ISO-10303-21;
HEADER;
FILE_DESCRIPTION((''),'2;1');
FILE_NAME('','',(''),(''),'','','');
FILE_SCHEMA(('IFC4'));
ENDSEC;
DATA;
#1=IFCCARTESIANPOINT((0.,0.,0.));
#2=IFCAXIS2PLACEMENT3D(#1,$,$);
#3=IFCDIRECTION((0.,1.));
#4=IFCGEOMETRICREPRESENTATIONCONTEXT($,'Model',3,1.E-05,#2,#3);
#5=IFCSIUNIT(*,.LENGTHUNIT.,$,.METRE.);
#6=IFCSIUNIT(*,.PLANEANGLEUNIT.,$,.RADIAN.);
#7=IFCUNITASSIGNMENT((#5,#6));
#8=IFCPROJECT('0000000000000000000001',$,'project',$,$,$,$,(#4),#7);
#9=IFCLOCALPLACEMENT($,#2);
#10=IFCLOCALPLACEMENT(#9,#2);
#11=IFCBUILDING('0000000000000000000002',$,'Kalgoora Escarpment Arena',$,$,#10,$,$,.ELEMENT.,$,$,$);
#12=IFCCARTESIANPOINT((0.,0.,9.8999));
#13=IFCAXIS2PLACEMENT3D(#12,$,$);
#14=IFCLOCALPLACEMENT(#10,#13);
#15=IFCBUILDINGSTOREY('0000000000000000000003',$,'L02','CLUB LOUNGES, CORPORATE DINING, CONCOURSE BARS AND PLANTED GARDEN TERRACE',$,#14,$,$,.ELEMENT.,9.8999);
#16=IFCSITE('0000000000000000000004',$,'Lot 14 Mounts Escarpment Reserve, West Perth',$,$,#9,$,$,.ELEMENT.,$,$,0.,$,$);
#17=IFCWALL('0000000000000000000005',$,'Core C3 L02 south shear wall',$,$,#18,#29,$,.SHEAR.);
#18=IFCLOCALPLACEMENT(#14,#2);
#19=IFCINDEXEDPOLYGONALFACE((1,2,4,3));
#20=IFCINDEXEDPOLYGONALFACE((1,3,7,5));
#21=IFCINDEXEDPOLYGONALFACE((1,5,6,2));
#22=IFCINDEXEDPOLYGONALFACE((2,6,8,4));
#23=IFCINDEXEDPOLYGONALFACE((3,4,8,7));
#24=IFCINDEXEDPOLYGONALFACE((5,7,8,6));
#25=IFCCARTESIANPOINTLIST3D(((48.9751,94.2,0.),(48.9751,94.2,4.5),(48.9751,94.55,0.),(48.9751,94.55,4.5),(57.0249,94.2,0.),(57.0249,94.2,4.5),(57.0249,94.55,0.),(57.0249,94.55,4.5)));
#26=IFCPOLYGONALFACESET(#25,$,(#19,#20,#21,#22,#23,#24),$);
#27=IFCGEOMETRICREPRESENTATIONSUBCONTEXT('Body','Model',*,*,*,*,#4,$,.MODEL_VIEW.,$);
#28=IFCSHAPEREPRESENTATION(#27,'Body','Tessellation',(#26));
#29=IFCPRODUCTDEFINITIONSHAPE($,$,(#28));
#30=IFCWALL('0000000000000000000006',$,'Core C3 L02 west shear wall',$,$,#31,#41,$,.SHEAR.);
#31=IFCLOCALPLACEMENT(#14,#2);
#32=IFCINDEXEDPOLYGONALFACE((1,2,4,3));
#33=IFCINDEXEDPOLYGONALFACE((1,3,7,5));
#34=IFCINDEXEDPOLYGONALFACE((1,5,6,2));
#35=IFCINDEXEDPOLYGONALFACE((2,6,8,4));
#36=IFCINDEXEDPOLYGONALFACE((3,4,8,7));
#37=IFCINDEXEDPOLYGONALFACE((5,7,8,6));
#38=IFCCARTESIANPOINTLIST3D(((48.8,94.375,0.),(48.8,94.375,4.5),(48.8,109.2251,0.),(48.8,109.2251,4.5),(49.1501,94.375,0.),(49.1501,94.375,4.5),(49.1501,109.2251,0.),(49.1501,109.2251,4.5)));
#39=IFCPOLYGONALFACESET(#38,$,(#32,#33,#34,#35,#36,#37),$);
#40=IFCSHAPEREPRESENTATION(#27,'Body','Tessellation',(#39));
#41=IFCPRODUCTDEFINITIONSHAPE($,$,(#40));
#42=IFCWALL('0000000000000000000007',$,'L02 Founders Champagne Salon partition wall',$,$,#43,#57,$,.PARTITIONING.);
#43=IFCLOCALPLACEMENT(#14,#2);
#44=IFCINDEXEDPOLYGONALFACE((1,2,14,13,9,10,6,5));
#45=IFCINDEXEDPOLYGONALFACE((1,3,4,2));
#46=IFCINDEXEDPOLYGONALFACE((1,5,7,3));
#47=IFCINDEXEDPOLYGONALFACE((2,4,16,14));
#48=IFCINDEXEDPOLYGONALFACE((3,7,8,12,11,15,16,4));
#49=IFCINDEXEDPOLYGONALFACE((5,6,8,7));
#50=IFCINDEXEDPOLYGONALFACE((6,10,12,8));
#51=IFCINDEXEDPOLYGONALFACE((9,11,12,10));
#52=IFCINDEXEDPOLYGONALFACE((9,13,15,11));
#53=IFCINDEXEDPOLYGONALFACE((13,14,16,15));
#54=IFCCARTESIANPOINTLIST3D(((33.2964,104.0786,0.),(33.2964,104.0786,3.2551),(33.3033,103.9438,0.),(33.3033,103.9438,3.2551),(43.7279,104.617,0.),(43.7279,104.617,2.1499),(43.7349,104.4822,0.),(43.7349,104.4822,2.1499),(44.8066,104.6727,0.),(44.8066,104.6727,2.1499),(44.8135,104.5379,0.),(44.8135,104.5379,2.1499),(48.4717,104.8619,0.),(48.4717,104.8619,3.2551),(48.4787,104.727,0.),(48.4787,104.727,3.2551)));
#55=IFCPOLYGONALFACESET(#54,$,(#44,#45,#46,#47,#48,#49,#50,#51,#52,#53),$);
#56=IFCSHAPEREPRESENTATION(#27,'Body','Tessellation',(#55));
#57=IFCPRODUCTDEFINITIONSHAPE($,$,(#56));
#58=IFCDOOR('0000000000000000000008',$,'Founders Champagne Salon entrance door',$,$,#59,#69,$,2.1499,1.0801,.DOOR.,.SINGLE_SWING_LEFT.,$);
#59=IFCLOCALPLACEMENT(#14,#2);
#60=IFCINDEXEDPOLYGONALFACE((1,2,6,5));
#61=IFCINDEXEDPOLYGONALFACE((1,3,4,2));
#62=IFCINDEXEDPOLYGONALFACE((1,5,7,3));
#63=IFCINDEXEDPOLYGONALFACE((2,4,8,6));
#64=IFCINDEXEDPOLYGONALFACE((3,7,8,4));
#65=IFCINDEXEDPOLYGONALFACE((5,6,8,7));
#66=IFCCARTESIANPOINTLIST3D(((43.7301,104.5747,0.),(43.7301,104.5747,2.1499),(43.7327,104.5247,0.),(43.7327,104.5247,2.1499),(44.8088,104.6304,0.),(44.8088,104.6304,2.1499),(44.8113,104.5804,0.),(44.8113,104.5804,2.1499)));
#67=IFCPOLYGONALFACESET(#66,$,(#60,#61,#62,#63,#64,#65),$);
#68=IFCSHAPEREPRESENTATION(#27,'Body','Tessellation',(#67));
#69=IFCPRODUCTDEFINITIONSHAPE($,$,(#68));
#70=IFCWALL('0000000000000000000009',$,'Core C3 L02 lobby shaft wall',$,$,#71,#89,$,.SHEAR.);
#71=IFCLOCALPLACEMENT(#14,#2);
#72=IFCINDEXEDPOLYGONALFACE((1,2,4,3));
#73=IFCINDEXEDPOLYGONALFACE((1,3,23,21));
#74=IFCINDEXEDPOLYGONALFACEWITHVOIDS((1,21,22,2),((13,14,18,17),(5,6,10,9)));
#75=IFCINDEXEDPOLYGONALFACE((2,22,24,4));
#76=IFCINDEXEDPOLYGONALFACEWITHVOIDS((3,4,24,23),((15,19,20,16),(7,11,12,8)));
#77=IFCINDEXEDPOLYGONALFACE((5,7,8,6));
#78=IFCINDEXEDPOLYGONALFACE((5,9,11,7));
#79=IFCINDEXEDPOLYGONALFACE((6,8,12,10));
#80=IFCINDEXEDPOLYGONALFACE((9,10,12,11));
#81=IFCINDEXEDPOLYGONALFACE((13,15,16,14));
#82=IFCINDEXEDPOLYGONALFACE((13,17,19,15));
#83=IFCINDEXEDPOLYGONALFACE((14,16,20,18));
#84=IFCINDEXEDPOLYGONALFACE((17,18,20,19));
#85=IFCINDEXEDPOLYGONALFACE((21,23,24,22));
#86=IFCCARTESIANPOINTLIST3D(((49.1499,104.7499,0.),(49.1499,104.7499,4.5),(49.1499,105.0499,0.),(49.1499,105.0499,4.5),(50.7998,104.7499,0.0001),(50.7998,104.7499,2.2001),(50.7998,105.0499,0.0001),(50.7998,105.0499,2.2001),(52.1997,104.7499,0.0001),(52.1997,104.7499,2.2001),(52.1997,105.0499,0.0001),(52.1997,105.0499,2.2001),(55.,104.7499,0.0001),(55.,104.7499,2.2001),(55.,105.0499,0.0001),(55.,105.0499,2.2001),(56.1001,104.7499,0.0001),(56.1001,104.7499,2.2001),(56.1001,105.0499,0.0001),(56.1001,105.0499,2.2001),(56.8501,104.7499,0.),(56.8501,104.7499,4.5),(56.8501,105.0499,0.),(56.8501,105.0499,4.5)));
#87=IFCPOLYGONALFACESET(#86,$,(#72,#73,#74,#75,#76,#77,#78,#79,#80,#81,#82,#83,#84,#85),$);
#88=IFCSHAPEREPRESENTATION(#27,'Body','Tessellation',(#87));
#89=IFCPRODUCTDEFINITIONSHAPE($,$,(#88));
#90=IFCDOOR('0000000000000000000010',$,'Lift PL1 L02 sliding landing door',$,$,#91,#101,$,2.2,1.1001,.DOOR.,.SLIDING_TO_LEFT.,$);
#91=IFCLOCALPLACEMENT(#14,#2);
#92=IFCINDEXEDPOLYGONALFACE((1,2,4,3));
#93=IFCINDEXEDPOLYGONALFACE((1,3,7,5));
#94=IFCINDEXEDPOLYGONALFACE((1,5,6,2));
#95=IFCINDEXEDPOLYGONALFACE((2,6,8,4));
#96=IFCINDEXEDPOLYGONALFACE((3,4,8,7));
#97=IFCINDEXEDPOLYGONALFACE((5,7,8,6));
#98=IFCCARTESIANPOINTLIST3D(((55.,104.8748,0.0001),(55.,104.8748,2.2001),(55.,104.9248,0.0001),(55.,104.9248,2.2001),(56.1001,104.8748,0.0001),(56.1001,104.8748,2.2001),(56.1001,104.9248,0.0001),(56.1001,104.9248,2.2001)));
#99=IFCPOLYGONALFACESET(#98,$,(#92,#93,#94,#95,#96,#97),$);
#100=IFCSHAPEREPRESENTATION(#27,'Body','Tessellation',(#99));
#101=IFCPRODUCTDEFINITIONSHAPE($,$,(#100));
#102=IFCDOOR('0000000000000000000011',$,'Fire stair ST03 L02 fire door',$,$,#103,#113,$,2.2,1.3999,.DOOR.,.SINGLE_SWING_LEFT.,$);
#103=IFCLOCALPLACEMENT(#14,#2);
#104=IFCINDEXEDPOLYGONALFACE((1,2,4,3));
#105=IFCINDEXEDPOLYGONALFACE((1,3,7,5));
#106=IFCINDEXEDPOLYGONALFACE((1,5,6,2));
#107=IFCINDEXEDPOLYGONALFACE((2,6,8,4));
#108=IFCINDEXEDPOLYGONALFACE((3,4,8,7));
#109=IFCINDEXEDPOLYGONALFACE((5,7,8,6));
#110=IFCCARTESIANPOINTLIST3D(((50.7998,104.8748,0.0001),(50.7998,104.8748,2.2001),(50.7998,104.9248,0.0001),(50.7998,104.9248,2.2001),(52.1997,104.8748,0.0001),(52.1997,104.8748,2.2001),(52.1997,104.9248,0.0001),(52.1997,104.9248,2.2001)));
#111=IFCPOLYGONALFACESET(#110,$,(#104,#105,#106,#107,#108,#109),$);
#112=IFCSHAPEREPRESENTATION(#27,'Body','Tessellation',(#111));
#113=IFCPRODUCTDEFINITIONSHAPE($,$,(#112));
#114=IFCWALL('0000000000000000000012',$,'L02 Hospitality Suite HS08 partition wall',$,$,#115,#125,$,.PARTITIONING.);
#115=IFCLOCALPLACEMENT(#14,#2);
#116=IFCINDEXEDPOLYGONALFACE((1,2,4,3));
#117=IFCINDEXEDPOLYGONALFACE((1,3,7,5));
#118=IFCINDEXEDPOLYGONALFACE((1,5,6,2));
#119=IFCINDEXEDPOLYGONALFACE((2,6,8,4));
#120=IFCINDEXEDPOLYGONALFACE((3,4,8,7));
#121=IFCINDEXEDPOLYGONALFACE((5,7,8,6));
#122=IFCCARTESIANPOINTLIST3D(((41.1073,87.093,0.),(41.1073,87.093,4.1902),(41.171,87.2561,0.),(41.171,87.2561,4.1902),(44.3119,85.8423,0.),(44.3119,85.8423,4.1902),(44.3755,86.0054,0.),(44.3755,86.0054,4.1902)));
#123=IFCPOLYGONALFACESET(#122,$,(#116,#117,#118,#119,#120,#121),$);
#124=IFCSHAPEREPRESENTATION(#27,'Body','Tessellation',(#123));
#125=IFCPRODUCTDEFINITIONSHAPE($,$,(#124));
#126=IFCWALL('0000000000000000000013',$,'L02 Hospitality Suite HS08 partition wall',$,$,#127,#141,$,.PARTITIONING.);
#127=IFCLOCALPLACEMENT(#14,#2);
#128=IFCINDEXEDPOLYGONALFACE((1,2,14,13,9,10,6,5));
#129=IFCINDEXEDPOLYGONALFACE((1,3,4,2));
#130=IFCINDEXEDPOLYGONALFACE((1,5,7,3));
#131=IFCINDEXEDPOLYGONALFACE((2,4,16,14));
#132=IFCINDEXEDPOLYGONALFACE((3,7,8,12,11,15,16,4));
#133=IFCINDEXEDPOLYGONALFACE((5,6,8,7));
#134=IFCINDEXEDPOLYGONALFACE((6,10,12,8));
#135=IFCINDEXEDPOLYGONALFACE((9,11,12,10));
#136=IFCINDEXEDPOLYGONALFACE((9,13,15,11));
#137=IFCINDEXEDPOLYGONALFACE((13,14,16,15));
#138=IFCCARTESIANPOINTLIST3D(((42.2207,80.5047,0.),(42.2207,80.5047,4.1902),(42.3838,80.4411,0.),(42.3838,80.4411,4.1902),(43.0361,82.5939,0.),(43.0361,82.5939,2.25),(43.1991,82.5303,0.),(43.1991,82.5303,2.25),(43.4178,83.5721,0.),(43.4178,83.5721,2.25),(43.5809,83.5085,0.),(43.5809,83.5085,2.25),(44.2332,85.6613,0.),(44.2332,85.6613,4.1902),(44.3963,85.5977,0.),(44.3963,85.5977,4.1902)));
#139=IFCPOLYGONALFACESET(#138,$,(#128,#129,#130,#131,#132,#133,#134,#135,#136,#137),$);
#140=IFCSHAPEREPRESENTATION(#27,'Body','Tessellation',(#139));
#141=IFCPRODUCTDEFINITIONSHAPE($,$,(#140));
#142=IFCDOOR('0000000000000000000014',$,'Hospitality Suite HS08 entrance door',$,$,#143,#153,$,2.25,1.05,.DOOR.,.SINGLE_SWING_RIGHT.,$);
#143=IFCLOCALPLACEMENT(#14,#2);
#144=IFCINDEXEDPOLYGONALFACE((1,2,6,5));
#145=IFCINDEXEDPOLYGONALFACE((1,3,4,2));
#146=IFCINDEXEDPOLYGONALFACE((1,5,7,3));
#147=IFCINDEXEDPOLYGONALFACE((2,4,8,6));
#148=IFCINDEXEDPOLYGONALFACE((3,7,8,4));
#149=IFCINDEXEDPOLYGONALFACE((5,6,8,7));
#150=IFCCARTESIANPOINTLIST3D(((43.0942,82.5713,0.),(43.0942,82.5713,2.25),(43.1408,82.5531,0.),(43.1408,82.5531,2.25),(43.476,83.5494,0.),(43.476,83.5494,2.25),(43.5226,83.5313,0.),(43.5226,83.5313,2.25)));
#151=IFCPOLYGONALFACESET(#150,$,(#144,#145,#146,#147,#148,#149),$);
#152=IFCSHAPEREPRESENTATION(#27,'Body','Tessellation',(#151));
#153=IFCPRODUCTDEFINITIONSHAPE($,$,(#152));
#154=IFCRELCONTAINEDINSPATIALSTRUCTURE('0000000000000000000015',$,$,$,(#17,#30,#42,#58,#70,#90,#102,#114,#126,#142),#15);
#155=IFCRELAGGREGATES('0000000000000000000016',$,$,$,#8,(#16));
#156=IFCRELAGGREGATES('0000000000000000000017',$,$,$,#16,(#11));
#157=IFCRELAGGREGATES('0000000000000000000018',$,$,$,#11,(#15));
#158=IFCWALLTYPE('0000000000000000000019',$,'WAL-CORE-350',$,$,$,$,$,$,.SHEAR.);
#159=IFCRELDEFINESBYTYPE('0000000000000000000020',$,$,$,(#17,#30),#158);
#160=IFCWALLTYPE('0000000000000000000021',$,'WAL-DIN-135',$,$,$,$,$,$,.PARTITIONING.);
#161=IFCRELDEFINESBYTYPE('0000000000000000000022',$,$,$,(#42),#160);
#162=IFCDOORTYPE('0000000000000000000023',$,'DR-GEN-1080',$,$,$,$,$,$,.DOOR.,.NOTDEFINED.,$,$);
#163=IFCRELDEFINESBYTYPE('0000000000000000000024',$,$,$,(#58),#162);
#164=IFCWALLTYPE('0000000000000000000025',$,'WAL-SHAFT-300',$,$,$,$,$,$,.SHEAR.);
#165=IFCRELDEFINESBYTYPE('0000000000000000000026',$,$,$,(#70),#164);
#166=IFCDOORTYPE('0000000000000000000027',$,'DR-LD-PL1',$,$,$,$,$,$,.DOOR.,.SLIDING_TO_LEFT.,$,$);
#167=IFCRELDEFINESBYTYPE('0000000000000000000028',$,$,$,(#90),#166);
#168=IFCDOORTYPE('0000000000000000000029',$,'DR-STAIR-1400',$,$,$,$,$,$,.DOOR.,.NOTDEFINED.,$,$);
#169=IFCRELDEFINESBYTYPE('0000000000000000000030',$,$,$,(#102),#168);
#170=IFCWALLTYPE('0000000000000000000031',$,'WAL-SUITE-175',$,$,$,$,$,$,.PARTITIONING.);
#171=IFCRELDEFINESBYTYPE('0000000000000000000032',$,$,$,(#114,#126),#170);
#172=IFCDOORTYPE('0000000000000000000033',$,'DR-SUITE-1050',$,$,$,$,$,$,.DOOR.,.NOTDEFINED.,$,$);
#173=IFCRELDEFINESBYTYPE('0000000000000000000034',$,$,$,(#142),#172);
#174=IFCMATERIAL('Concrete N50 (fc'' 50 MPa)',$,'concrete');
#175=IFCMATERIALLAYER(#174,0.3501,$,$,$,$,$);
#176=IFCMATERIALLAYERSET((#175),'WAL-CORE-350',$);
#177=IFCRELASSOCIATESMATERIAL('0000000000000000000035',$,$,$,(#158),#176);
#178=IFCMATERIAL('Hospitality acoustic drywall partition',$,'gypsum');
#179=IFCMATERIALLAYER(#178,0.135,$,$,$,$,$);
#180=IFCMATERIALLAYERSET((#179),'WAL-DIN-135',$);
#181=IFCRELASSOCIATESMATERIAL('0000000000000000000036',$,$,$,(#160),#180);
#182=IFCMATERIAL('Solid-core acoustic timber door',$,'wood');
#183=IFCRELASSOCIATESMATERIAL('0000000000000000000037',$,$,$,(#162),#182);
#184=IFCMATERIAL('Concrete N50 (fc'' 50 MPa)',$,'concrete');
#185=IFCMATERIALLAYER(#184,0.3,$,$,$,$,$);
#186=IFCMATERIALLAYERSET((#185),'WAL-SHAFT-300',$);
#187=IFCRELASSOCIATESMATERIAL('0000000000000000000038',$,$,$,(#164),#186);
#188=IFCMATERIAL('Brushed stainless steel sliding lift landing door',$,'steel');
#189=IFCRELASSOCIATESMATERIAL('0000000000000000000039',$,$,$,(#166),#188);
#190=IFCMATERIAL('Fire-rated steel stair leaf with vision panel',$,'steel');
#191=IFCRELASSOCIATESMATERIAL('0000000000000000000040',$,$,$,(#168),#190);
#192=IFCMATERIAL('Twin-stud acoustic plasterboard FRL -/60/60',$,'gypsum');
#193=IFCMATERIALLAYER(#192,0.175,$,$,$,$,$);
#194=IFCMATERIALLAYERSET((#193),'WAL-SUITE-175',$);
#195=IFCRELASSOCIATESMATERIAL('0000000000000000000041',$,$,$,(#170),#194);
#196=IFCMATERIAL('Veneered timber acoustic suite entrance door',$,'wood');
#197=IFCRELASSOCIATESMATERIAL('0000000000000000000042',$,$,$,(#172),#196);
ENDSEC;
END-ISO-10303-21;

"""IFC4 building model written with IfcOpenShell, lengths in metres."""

from ifc_helpers import new_model, si_unit, direction, frame, frame_2d, origin, place, context, subcontext, project, spatial, rectangle, extrude, material, layer, layer_set, type_object, element, fill, save


model = new_model("IFC4")

# Units and contexts
model_context = context("Model", 3, precision=1e-05, world=origin(), true_north=direction((0.0, 1.0)))
body_context = subcontext(model_context, "Body", "Model", "MODEL_VIEW")
ifc_project = project(units=[si_unit("LENGTHUNIT", "METRE"), si_unit("PLANEANGLEUNIT", "RADIAN")], contexts=[model_context])

# Site, building, storey
site_placement = place(None, origin())
site = spatial("IfcSite", under=ifc_project, at=site_placement, Name="Lot 14 Mounts Escarpment Reserve, West Perth", CompositionType="ELEMENT", RefElevation=0.0)
building_placement = place(site_placement, origin())
building = spatial("IfcBuilding", under=site, at=building_placement, Name="Kalgoora Escarpment Arena", CompositionType="ELEMENT")
storey_placement = place(building_placement, frame((0.0, 0.0, 9.8999)))
storey = spatial("IfcBuildingStorey", under=building, at=storey_placement, Name="L02", Description="CLUB LOUNGES, CORPORATE DINING, CONCOURSE BARS AND PLANTED GARDEN TERRACE", CompositionType="ELEMENT", Elevation=9.8999)

# Walls
ifc_material_1 = material(Name="Concrete N50 (fc' 50 MPa)", Category="concrete")
ifc_layer_1 = layer(ifc_material_1, 0.3501)
ifc_layer_set_1 = layer_set([ifc_layer_1], Name="WAL-CORE-350")
wall_type_1 = type_object("IfcWallType", Name="WAL-CORE-350", PredefinedType="SHEAR", material=ifc_layer_set_1)
wall_1_placement = place(storey_placement, frame((48.9751, 94.375, 0.0), z_axis=(0.0, 0.0, 1.0), x_axis=(1.0, 0.0, 0.0)))
element("IfcWall", 1, at=wall_1_placement, inside=storey, type_object=wall_type_1, Name="Core C3 L02 south shear wall", PredefinedType="SHEAR", context=body_context, shape_type="SweptSolid", body=[
    extrude(rectangle(XDim=8.0498, YDim=0.3501, at=frame_2d((4.0249, 0.0))), origin(), (0.0, 0.0, 1.0), 4.5),
])
wall_2_placement = place(storey_placement, frame((48.9751, 94.375, 0.0), z_axis=(0.0, 0.0, 1.0), x_axis=(0.0, 1.0, 0.0)))
element("IfcWall", 2, at=wall_2_placement, inside=storey, type_object=wall_type_1, Name="Core C3 L02 west shear wall", PredefinedType="SHEAR", context=body_context, shape_type="SweptSolid", body=[
    extrude(rectangle(XDim=14.8501, YDim=0.3501, at=frame_2d((7.425, 0.0))), origin(), (0.0, 0.0, 1.0), 4.5),
])

# Wall, opening, door
ifc_material_2 = material(Name="Hospitality acoustic drywall partition", Category="gypsum")
ifc_layer_2 = layer(ifc_material_2, 0.135)
ifc_layer_set_2 = layer_set([ifc_layer_2], Name="WAL-DIN-135")
wall_type_2 = type_object("IfcWallType", Name="WAL-DIN-135", PredefinedType="PARTITIONING", material=ifc_layer_set_2)
wall_3_placement = place(storey_placement, frame((48.4751, 104.7944, 0.0), z_axis=(0.0, 0.0, 1.0), x_axis=(-0.998671, -0.051542, 0.0)))
wall_3 = element("IfcWall", 3, at=wall_3_placement, inside=storey, type_object=wall_type_2, Name="L02 Founders Champagne Salon partition wall", PredefinedType="PARTITIONING", context=body_context, shape_type="SweptSolid", body=[
    extrude(rectangle(XDim=15.1956, YDim=0.135, at=frame_2d((7.5977, 0.0))), origin(), (0.0, 0.0, 1.0), 3.2551),
])
opening_1_placement = place(wall_3_placement, frame((3.6699, 0.0, 0.0)))
opening_1 = element("IfcOpeningElement", 4, at=opening_1_placement, cuts=wall_3, PredefinedType="OPENING", context=body_context, shape_type="SweptSolid", body=[
    extrude(rectangle(XDim=1.0801, YDim=2.1499, at=frame_2d((0.54, 1.075))), frame((0.0, 0.0774, 0.0), z_axis=(0.0, -1.0, 0.0), x_axis=(1.0, 0.0, 0.0)), (0.0, 0.0, 1.0), 0.155),
])
ifc_material_3 = material(Name="Solid-core acoustic timber door", Category="wood")
door_type_1 = type_object("IfcDoorType", Name="DR-GEN-1080", OperationType="NOTDEFINED", PredefinedType="DOOR", material=ifc_material_3)
door_1_placement = place(opening_1_placement, origin())
door_1 = element("IfcDoor", 5, at=door_1_placement, inside=storey, type_object=door_type_1, Name="Founders Champagne Salon entrance door", OperationType="SINGLE_SWING_LEFT", OverallHeight=2.1499, OverallWidth=1.0801, PredefinedType="DOOR", context=body_context, shape_type="SweptSolid", body=[
    extrude(rectangle(XDim=1.0801, YDim=2.1499, at=frame_2d((0.54, 1.075))), frame((0.0, 0.0249, 0.0), z_axis=(0.0, -1.0, 0.0), x_axis=(1.0, 0.0, 0.0)), (0.0, 0.0, 1.0), 0.05),
])
fill(opening_1, door_1)

# Wall, openings, doors
ifc_material_4 = material(Name="Concrete N50 (fc' 50 MPa)", Category="concrete")
ifc_layer_3 = layer(ifc_material_4, 0.3)
ifc_layer_set_3 = layer_set([ifc_layer_3], Name="WAL-SHAFT-300")
wall_type_3 = type_object("IfcWallType", Name="WAL-SHAFT-300", PredefinedType="SHEAR", material=ifc_layer_set_3)
wall_4_placement = place(storey_placement, frame((49.1499, 104.8999, 0.0), z_axis=(0.0, 0.0, 1.0), x_axis=(1.0, 0.0, 0.0)))
wall_4 = element("IfcWall", 6, at=wall_4_placement, inside=storey, type_object=wall_type_3, Name="Core C3 L02 lobby shaft wall", PredefinedType="SHEAR", context=body_context, shape_type="SweptSolid", body=[
    extrude(rectangle(XDim=7.7002, YDim=0.3, at=frame_2d((3.8501, 0.0))), origin(), (0.0, 0.0, 1.0), 4.5),
])
opening_2_placement = place(wall_4_placement, frame((1.6499, 0.0, 0.0)))
opening_2 = element("IfcOpeningElement", 7, at=opening_2_placement, cuts=wall_4, PredefinedType="OPENING", context=body_context, shape_type="SweptSolid", body=[
    extrude(rectangle(XDim=1.3999, YDim=2.2, at=frame_2d((0.7, 1.1001))), frame((0.0, 0.1599, 0.0), z_axis=(0.0, -1.0, 0.0), x_axis=(1.0, 0.0, 0.0)), (0.0, 0.0, 1.0), 0.3201),
])
opening_3_placement = place(wall_4_placement, frame((5.8501, 0.0, 0.0)))
opening_3 = element("IfcOpeningElement", 8, at=opening_3_placement, cuts=wall_4, PredefinedType="OPENING", context=body_context, shape_type="SweptSolid", body=[
    extrude(rectangle(XDim=1.1001, YDim=2.2, at=frame_2d((0.55, 1.1001))), frame((0.0, 0.1599, 0.0), z_axis=(0.0, -1.0, 0.0), x_axis=(1.0, 0.0, 0.0)), (0.0, 0.0, 1.0), 0.3201),
])
ifc_material_5 = material(Name="Brushed stainless steel sliding lift landing door", Category="steel")
door_type_2 = type_object("IfcDoorType", Name="DR-LD-PL1", OperationType="SLIDING_TO_LEFT", PredefinedType="DOOR", material=ifc_material_5)
door_2_placement = place(opening_3_placement, origin())
door_2 = element("IfcDoor", 9, at=door_2_placement, inside=storey, type_object=door_type_2, Name="Lift PL1 L02 sliding landing door", OperationType="SLIDING_TO_LEFT", OverallHeight=2.2, OverallWidth=1.1001, PredefinedType="DOOR", context=body_context, shape_type="SweptSolid", body=[
    extrude(rectangle(XDim=1.1001, YDim=2.2, at=frame_2d((0.55, 1.1001))), frame((0.0, 0.0249, 0.0), z_axis=(0.0, -1.0, 0.0), x_axis=(1.0, 0.0, 0.0)), (0.0, 0.0, 1.0), 0.05),
])
fill(opening_3, door_2)
ifc_material_6 = material(Name="Fire-rated steel stair leaf with vision panel", Category="steel")
door_type_3 = type_object("IfcDoorType", Name="DR-STAIR-1400", OperationType="NOTDEFINED", PredefinedType="DOOR", material=ifc_material_6)
door_3_placement = place(opening_2_placement, origin())
door_3 = element("IfcDoor", 10, at=door_3_placement, inside=storey, type_object=door_type_3, Name="Fire stair ST03 L02 fire door", OperationType="SINGLE_SWING_LEFT", OverallHeight=2.2, OverallWidth=1.3999, PredefinedType="DOOR", context=body_context, shape_type="SweptSolid", body=[
    extrude(rectangle(XDim=1.3999, YDim=2.2, at=frame_2d((0.7, 1.1001))), frame((0.0, 0.0249, 0.0), z_axis=(0.0, -1.0, 0.0), x_axis=(1.0, 0.0, 0.0)), (0.0, 0.0, 1.0), 0.05),
])
fill(opening_2, door_3)

# Wall
ifc_material_7 = material(Name="Twin-stud acoustic plasterboard FRL -/60/60", Category="gypsum")
ifc_layer_4 = layer(ifc_material_7, 0.175)
ifc_layer_set_4 = layer_set([ifc_layer_4], Name="WAL-SUITE-175")
wall_type_4 = type_object("IfcWallType", Name="WAL-SUITE-175", PredefinedType="PARTITIONING", material=ifc_layer_set_4)
wall_5_placement = place(storey_placement, frame((41.1392, 87.1746, 0.0), z_axis=(0.0, 0.0, 1.0), x_axis=(0.931562, -0.363583, 0.0)))
element("IfcWall", 11, at=wall_5_placement, inside=storey, type_object=wall_type_4, Name="L02 Hospitality Suite HS08 partition wall", PredefinedType="PARTITIONING", context=body_context, shape_type="SweptSolid", body=[
    extrude(rectangle(XDim=3.4399, YDim=0.175, at=frame_2d((1.72, 0.0))), origin(), (0.0, 0.0, 1.0), 4.1902),
])

# Wall, opening, door
wall_6_placement = place(storey_placement, frame((44.3147, 85.6294, 0.0), z_axis=(0.0, 0.0, 1.0), x_axis=(-0.363568, -0.931568, 0.0)))
wall_6 = element("IfcWall", 12, at=wall_6_placement, inside=storey, type_object=wall_type_4, Name="L02 Hospitality Suite HS08 partition wall", PredefinedType="PARTITIONING", context=body_context, shape_type="SweptSolid", body=[
    extrude(rectangle(XDim=5.5354, YDim=0.175, at=frame_2d((2.7676, 0.0))), origin(), (0.0, 0.0, 1.0), 4.1902),
])
opening_4_placement = place(wall_6_placement, frame((2.2427, 0.0, 0.0)))
opening_4 = element("IfcOpeningElement", 13, at=opening_4_placement, cuts=wall_6, PredefinedType="OPENING", context=body_context, shape_type="SweptSolid", body=[
    extrude(rectangle(XDim=1.05, YDim=2.25, at=frame_2d((0.5249, 1.125))), frame((0.0, 0.0974, 0.0), z_axis=(0.0, -1.0, 0.0), x_axis=(1.0, 0.0, 0.0)), (0.0, 0.0, 1.0), 0.1951),
])
ifc_material_8 = material(Name="Veneered timber acoustic suite entrance door", Category="wood")
door_type_4 = type_object("IfcDoorType", Name="DR-SUITE-1050", OperationType="NOTDEFINED", PredefinedType="DOOR", material=ifc_material_8)
door_4_placement = place(opening_4_placement, origin())
door_4 = element("IfcDoor", 14, at=door_4_placement, inside=storey, type_object=door_type_4, Name="Hospitality Suite HS08 entrance door", OperationType="SINGLE_SWING_RIGHT", OverallHeight=2.25, OverallWidth=1.05, PredefinedType="DOOR", context=body_context, shape_type="SweptSolid", body=[
    extrude(rectangle(XDim=1.05, YDim=2.25, at=frame_2d((0.5249, 1.125))), frame((0.0, 0.0249, 0.0), z_axis=(0.0, -1.0, 0.0), x_axis=(1.0, 0.0, 0.0)), (0.0, 0.0, 1.0), 0.05),
])
fill(opening_4, door_4)

save(model, "model.ifc")
